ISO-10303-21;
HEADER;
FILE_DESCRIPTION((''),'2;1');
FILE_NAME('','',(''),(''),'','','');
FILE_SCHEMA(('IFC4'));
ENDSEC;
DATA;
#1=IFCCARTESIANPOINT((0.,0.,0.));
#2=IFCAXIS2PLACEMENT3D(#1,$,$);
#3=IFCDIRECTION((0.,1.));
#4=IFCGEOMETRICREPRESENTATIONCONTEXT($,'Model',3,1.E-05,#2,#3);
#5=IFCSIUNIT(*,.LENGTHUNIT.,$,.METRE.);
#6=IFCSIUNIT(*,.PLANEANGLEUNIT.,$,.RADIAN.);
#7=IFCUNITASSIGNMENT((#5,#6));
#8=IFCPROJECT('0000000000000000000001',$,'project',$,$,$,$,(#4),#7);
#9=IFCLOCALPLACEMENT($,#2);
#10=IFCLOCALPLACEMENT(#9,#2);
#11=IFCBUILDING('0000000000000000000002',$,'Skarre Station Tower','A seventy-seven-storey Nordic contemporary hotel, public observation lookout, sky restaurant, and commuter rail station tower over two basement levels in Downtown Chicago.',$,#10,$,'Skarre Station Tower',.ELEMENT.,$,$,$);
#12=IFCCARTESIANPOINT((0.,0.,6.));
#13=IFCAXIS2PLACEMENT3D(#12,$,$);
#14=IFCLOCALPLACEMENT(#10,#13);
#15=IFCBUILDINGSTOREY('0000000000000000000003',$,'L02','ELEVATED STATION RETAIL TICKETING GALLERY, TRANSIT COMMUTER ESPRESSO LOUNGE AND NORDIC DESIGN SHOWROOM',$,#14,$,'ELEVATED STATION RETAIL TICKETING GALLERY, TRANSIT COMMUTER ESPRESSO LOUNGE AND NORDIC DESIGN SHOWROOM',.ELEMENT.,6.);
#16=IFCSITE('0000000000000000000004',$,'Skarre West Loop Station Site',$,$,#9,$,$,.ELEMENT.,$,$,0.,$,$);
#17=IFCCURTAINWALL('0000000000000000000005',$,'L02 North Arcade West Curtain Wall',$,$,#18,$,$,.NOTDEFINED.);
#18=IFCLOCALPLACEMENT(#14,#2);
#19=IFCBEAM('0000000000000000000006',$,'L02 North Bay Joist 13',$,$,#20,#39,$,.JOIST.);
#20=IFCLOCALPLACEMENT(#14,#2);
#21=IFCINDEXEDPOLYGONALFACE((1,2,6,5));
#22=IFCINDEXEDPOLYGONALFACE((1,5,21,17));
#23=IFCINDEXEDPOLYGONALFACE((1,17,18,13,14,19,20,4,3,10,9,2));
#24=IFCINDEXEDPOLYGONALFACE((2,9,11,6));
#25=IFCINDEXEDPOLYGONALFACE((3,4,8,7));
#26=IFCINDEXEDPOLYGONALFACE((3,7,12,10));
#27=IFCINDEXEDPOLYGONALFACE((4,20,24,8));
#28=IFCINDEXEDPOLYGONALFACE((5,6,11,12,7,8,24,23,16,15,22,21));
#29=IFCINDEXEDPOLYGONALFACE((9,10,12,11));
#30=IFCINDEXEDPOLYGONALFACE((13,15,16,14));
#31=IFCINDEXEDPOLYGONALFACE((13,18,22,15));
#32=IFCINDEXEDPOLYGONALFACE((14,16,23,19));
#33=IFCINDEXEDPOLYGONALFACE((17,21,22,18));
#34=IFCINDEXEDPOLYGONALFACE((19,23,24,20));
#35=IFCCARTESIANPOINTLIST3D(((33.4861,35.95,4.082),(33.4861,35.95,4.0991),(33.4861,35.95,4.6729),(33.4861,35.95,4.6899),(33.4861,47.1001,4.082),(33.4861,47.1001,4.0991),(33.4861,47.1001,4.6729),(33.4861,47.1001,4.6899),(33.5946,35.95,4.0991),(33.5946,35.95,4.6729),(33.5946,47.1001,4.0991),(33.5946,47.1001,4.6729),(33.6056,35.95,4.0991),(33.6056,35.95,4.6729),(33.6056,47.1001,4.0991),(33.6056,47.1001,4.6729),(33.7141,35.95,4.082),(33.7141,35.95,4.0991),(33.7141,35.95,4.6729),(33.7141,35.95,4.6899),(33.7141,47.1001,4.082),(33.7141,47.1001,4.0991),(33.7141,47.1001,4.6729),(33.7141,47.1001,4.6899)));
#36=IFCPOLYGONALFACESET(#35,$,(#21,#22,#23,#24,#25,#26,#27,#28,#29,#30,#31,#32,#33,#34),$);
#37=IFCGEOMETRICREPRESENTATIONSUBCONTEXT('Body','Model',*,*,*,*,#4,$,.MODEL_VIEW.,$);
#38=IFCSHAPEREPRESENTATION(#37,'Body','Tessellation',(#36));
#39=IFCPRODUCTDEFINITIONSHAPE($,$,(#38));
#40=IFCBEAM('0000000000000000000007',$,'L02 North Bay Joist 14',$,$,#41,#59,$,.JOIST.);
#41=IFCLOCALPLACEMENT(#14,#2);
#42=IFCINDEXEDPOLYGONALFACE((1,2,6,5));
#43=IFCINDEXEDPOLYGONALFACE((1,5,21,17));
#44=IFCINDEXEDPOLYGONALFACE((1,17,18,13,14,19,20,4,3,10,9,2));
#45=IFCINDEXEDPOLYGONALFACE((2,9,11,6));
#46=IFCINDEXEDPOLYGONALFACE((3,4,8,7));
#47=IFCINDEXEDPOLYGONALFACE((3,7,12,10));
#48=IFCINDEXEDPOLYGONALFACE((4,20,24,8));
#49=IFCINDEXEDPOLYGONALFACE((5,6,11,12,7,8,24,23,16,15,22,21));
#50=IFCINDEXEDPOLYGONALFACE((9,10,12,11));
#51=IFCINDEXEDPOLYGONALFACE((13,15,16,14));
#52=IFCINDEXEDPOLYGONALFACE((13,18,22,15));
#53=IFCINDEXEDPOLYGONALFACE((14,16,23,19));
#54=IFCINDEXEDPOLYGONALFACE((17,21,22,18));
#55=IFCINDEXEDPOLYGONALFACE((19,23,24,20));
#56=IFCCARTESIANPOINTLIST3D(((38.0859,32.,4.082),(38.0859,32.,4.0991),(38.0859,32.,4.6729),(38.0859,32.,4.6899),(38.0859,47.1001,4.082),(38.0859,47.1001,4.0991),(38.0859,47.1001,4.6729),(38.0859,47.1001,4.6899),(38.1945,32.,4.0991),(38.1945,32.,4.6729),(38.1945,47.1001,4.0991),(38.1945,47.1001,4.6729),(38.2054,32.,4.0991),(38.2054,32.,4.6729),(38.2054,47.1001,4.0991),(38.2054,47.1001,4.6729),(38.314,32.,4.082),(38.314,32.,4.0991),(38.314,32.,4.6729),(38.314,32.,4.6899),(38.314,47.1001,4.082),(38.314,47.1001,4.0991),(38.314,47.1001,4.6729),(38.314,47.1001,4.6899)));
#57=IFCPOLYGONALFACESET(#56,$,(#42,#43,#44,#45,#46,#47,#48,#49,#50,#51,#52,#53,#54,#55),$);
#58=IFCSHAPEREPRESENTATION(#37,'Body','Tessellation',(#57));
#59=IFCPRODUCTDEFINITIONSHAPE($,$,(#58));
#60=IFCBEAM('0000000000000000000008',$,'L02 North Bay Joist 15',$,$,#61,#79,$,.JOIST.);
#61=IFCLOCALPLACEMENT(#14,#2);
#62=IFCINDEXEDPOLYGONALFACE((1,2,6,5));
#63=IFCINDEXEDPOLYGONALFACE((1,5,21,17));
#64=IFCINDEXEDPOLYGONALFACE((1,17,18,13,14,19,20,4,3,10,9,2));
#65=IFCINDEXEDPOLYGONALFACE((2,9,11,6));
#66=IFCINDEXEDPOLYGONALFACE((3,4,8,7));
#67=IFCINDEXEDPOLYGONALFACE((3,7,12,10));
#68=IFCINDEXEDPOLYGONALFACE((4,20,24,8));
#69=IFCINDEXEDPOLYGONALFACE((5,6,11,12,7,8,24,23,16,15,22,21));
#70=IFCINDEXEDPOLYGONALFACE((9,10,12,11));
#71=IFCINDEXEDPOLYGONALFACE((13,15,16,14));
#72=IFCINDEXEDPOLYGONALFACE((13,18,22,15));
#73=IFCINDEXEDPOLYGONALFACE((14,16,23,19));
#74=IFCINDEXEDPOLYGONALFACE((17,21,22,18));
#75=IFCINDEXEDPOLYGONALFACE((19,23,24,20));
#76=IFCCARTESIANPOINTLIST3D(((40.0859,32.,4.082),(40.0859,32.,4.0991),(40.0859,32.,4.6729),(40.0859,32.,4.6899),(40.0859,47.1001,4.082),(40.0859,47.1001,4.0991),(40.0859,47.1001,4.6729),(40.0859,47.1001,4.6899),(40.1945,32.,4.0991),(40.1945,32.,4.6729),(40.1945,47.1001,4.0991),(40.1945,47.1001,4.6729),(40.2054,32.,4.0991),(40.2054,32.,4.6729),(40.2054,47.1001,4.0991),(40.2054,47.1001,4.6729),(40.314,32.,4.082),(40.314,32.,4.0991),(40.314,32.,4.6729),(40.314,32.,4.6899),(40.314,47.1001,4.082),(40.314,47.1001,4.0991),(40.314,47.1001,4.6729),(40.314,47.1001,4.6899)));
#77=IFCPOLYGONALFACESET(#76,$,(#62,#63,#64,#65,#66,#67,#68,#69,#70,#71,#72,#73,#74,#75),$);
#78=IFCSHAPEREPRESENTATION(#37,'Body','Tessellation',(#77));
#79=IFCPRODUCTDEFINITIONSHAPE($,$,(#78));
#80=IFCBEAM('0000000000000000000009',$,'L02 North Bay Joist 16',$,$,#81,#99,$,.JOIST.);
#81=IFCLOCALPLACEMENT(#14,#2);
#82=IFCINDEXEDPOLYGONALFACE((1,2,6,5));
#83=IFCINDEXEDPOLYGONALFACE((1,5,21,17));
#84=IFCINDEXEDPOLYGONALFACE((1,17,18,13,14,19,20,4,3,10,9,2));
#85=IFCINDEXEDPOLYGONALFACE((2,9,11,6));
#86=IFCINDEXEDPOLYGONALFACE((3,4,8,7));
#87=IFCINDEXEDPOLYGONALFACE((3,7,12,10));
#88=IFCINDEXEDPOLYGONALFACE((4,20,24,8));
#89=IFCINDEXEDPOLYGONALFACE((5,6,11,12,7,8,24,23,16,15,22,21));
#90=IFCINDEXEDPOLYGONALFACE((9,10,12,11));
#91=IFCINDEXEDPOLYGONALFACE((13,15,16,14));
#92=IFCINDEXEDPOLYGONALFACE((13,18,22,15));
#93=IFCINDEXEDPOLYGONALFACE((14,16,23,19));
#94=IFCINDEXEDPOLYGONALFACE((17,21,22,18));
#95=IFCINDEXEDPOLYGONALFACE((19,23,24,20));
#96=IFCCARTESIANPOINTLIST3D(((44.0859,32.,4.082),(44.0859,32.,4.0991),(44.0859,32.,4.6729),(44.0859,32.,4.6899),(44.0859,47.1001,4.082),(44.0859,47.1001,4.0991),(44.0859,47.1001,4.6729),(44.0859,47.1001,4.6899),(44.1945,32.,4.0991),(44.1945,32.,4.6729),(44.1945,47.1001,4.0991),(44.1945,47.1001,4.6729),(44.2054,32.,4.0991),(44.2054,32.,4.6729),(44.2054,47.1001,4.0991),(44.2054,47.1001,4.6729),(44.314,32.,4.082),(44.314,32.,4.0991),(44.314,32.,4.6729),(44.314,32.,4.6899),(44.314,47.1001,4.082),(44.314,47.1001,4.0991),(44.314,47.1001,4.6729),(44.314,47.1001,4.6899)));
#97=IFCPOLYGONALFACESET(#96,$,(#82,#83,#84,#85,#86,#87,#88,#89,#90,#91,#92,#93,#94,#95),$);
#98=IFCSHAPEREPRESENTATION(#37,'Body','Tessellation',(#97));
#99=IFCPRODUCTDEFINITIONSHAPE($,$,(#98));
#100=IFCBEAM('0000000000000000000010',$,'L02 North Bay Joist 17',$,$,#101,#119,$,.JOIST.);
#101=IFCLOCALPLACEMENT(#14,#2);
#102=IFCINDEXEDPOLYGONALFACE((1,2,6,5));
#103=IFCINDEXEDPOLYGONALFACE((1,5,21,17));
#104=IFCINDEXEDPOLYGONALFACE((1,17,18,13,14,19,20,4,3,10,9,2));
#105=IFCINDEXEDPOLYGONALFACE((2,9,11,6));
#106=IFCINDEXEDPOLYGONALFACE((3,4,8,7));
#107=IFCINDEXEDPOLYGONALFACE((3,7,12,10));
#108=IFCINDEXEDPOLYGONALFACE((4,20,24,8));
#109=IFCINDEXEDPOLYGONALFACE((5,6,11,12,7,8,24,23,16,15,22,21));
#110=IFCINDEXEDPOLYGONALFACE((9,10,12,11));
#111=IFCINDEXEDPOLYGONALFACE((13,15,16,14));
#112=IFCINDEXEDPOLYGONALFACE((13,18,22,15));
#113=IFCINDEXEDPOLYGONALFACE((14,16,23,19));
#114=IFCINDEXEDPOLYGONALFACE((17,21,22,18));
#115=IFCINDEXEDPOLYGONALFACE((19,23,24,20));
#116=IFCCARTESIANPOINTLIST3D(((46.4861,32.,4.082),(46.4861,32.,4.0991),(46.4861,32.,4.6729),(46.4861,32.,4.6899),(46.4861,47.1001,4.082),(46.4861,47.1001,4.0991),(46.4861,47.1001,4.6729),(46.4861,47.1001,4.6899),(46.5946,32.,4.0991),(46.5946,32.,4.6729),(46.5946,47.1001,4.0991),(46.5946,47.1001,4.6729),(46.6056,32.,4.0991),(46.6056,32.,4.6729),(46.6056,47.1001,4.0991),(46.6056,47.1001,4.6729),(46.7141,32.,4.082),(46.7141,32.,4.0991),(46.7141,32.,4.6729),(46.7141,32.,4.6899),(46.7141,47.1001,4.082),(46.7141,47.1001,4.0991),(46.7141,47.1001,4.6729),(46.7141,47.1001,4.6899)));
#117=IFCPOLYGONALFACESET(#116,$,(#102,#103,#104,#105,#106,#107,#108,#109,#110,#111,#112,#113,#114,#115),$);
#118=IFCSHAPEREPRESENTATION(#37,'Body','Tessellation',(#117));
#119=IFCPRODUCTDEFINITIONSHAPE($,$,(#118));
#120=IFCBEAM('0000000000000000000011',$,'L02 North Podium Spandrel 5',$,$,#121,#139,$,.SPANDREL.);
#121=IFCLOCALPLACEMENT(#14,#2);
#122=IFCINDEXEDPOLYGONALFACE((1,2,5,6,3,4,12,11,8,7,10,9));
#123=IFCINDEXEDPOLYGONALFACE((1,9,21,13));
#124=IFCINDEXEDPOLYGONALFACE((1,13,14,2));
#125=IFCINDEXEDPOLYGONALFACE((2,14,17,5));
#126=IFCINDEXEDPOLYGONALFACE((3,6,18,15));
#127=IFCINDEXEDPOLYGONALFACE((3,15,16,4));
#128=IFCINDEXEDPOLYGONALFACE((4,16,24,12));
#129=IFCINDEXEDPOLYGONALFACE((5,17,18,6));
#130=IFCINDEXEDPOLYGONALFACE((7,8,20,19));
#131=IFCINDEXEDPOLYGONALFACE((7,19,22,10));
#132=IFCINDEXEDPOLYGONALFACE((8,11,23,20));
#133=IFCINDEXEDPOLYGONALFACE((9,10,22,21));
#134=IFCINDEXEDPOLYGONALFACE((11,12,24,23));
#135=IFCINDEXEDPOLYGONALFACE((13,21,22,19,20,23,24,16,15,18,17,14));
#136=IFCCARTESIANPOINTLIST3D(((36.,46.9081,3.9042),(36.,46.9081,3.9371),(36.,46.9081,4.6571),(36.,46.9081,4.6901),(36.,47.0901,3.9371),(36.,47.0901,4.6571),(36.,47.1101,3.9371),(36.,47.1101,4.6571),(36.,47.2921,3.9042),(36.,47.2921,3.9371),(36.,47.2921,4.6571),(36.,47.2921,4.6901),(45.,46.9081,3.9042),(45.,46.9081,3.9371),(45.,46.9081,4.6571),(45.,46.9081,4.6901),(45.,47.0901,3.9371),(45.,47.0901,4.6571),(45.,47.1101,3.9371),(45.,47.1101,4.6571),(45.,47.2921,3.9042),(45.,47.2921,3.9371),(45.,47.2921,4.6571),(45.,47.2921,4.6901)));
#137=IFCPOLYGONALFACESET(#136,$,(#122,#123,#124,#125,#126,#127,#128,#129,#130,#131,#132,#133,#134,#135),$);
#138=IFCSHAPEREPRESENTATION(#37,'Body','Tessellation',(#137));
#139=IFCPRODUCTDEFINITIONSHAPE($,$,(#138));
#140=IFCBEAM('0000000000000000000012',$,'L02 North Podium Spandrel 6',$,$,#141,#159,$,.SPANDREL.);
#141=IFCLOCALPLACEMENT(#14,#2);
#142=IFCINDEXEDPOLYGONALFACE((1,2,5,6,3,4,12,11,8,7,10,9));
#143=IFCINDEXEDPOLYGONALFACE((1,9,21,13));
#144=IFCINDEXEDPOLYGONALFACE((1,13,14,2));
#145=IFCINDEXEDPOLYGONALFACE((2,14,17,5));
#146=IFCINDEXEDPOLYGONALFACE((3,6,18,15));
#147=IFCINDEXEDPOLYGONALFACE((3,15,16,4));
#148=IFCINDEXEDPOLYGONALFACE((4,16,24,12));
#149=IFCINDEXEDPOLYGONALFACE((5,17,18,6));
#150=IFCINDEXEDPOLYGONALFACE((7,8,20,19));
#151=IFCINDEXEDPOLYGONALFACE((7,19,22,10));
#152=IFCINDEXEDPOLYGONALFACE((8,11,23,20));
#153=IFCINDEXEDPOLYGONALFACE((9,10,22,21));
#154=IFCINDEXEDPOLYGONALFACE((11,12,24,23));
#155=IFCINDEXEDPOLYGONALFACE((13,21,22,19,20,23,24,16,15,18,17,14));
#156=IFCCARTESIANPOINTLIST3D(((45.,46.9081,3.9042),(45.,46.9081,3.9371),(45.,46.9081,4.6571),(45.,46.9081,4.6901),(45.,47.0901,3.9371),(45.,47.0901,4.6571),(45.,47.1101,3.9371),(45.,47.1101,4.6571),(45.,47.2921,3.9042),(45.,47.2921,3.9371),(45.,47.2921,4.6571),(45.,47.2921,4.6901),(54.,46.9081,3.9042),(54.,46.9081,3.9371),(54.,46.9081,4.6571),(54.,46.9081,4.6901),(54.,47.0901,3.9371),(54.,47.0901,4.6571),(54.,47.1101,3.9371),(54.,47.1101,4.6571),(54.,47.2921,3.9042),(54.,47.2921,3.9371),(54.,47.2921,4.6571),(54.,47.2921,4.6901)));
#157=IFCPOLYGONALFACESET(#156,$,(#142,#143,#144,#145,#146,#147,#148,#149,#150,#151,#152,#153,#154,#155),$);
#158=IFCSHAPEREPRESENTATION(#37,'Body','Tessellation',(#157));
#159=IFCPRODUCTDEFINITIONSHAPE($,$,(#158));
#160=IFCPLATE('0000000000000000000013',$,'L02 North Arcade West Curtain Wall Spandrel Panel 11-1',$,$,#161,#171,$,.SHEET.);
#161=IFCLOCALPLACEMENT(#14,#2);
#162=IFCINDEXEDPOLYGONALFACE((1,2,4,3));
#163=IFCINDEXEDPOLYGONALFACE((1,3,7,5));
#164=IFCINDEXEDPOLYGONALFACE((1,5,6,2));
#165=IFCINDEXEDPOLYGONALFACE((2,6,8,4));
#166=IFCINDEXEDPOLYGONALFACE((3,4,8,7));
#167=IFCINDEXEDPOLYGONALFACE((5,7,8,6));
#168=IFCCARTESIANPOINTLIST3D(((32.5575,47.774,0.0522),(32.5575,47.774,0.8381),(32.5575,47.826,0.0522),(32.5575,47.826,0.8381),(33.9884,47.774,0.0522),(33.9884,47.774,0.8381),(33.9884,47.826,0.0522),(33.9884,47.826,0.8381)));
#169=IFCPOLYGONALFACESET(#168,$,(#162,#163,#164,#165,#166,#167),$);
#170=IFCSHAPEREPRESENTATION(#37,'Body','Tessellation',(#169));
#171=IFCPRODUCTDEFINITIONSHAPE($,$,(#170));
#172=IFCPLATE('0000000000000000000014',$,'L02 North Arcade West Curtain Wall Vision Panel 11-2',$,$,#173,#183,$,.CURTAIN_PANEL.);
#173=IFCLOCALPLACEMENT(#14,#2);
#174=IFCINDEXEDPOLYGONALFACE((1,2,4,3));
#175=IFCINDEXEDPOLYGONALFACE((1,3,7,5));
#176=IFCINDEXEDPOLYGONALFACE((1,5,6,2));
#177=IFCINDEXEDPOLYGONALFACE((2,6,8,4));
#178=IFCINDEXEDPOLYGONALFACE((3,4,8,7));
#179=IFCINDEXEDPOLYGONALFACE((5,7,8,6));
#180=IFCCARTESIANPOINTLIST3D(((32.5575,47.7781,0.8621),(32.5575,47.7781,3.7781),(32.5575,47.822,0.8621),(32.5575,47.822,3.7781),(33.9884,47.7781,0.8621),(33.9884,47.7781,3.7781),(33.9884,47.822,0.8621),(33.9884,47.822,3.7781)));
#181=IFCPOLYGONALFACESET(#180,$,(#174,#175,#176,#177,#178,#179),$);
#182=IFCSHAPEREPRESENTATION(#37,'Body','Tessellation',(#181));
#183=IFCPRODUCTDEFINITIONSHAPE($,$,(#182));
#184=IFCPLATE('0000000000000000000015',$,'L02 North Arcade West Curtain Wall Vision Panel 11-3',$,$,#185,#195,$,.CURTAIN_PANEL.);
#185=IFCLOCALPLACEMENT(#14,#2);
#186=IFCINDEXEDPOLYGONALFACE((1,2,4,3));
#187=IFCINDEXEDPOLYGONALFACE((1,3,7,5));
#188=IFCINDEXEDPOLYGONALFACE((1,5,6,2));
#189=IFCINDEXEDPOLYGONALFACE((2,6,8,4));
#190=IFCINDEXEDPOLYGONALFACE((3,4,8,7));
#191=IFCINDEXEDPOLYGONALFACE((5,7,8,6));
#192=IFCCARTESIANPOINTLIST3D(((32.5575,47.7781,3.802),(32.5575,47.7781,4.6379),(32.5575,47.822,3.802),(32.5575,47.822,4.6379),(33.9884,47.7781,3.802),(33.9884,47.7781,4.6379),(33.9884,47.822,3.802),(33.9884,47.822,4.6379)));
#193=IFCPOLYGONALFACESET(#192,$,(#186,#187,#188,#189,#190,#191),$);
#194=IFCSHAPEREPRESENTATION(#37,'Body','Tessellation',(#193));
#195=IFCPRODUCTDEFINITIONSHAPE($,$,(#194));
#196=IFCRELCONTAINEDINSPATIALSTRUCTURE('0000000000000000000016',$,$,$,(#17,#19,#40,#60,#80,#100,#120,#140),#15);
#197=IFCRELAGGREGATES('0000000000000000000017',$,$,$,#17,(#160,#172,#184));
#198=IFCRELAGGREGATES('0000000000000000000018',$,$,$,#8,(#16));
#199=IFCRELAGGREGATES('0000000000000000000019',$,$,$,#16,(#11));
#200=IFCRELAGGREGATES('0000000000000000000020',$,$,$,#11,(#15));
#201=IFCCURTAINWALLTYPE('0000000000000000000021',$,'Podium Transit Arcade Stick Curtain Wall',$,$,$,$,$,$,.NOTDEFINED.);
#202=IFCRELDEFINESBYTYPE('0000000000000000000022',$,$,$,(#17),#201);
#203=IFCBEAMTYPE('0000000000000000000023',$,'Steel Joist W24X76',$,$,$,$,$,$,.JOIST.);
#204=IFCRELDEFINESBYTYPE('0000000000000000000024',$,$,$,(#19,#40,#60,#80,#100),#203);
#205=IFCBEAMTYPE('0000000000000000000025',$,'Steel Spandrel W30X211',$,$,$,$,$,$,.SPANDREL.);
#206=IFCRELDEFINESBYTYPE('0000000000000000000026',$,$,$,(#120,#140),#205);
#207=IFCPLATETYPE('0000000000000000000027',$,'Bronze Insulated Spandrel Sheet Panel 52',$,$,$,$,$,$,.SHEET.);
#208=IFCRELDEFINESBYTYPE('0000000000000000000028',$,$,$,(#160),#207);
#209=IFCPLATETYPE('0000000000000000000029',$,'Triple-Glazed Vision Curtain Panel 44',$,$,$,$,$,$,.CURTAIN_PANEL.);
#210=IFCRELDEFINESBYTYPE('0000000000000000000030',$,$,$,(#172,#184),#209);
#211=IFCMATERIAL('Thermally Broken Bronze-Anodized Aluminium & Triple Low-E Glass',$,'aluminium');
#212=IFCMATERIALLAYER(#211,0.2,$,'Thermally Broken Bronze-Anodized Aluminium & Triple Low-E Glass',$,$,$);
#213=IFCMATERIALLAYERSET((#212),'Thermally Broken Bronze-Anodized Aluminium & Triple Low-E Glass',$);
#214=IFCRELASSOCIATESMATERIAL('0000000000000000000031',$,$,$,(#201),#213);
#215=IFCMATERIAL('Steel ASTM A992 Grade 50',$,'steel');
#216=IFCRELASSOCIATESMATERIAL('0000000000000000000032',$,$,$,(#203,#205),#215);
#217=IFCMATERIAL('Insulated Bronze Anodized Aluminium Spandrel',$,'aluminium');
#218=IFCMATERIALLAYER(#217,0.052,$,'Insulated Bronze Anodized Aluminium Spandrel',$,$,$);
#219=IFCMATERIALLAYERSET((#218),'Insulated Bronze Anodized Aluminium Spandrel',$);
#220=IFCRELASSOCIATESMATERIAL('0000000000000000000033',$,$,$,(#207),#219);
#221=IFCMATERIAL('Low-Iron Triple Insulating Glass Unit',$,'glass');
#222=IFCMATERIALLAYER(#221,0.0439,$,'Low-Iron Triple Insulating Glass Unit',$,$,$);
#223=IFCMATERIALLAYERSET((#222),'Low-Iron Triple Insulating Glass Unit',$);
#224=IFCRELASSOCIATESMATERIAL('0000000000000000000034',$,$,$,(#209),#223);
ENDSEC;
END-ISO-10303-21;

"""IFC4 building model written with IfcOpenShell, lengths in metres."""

from ifc_helpers import new_model, si_unit, direction, frame, origin, origin_2d, place, context, subcontext, project, spatial, rectangle, i_section, extrude, material, layer, layer_set, material_profile, profile_set, type_object, element, aggregate, save


model = new_model("IFC4")

# Units and contexts
model_context = context("Model", 3, precision=1e-05, world=origin(), true_north=direction((0.0, 1.0)))
body_context = subcontext(model_context, "Body", "Model", "MODEL_VIEW")
ifc_project = project(units=[si_unit("LENGTHUNIT", "METRE"), si_unit("PLANEANGLEUNIT", "RADIAN")], contexts=[model_context])

# Site, building, storey
site_placement = place(None, origin())
site = spatial("IfcSite", under=ifc_project, at=site_placement, Name="Skarre West Loop Station Site", CompositionType="ELEMENT", RefElevation=0.0)
building_placement = place(site_placement, origin())
building = spatial("IfcBuilding", under=site, at=building_placement, Name="Skarre Station Tower", Description="A seventy-seven-storey Nordic contemporary hotel, public observation lookout, sky restaurant, and commuter rail station tower over two basement levels in Downtown Chicago.", LongName="Skarre Station Tower", CompositionType="ELEMENT")
storey_placement = place(building_placement, frame((0.0, 0.0, 6.0)))
storey = spatial("IfcBuildingStorey", under=building, at=storey_placement, Name="L02", Description="ELEVATED STATION RETAIL TICKETING GALLERY, TRANSIT COMMUTER ESPRESSO LOUNGE AND NORDIC DESIGN SHOWROOM", LongName="ELEVATED STATION RETAIL TICKETING GALLERY, TRANSIT COMMUTER ESPRESSO LOUNGE AND NORDIC DESIGN SHOWROOM", CompositionType="ELEMENT", Elevation=6.0)

# Shared definitions
ifc_material_1 = material(Name="Thermally Broken Bronze-Anodized Aluminium & Triple Low-E Glass", Category="aluminium")
ifc_layer_1 = layer(ifc_material_1, 0.2, Name="Thermally Broken Bronze-Anodized Aluminium & Triple Low-E Glass")
ifc_layer_set_1 = layer_set([ifc_layer_1], Name="Thermally Broken Bronze-Anodized Aluminium & Triple Low-E Glass")
curtain_wall_type = type_object("IfcCurtainWallType", Name="Podium Transit Arcade Stick Curtain Wall", PredefinedType="NOTDEFINED", material=ifc_layer_set_1)

# Curtain wall
curtain_wall_1_placement = place(storey_placement, origin())
curtain_wall_1 = element("IfcCurtainWall", 1, at=curtain_wall_1_placement, inside=storey, type_object=curtain_wall_type, Name="L02 North Arcade West Curtain Wall", PredefinedType="NOTDEFINED")

# Beams
ifc_material_2 = material(Name="Steel ASTM A992 Grade 50", Category="steel")
ifc_material_profile_1 = material_profile(ifc_material_2, i_section(OverallWidth=0.228, OverallDepth=0.6079, WebThickness=0.011, FlangeThickness=0.0171, at=origin_2d()), Name="Steel ASTM A992 Grade 50")
ifc_profile_set_1 = profile_set([ifc_material_profile_1], Name="Steel ASTM A992 Grade 50")
beam_type_1 = type_object("IfcBeamType", Name="Steel Joist W24X76", PredefinedType="JOIST", material=ifc_profile_set_1)
beam_1_placement = place(storey_placement, frame((33.6001, 35.95, 4.386), z_axis=(0.0, 1.0, 0.0), x_axis=(-1.0, 0.0, 0.0)))
element("IfcBeam", 2, at=beam_1_placement, inside=storey, type_object=beam_type_1, Name="L02 North Bay Joist 13", PredefinedType="JOIST", context=body_context, shape_type="SweptSolid", body=[
    extrude(i_section(OverallWidth=0.228, OverallDepth=0.6079, WebThickness=0.011, FlangeThickness=0.0171, at=origin_2d()), origin(), (0.0, 0.0, 1.0), 11.1501),
])
for number, where, z_axis, x_axis, name in (
    (3, (38.2, 32.0, 4.386), (0.0, 1.0, 0.0), (-1.0, 0.0, 0.0), "L02 North Bay Joist 14"),
    (4, (40.2, 32.0, 4.386), (0.0, 1.0, 0.0), (-1.0, 0.0, 0.0), "L02 North Bay Joist 15"),
    (5, (44.2, 32.0, 4.386), (0.0, 1.0, 0.0), (-1.0, 0.0, 0.0), "L02 North Bay Joist 16"),
    (6, (46.6001, 32.0, 4.386), (0.0, 1.0, 0.0), (-1.0, 0.0, 0.0), "L02 North Bay Joist 17"),
):
    element("IfcBeam", number, at=place(storey_placement, frame(where, z_axis=z_axis, x_axis=x_axis)), inside=storey, type_object=beam_type_1, Name=name, PredefinedType="JOIST", context=body_context, shape_type="SweptSolid", body=[
        extrude(i_section(OverallWidth=0.228, OverallDepth=0.6079, WebThickness=0.011, FlangeThickness=0.0171, at=origin_2d()), origin(), (0.0, 0.0, 1.0), 15.1001),
    ])
ifc_material_profile_2 = material_profile(ifc_material_2, i_section(OverallWidth=0.384, OverallDepth=0.7859, WebThickness=0.02, FlangeThickness=0.033, at=origin_2d()), Name="Steel ASTM A992 Grade 50")
ifc_profile_set_2 = profile_set([ifc_material_profile_2], Name="Steel ASTM A992 Grade 50")
beam_type_2 = type_object("IfcBeamType", Name="Steel Spandrel W30X211", PredefinedType="SPANDREL", material=ifc_profile_set_2)
for number, where, z_axis, x_axis, name in (
    (7, (36.0, 47.1001, 4.2971), (1.0, 0.0, 0.0), (0.0, 1.0, 0.0), "L02 North Podium Spandrel 5"),
    (8, (45.0, 47.1001, 4.2971), (1.0, 0.0, 0.0), (0.0, 1.0, 0.0), "L02 North Podium Spandrel 6"),
):
    element("IfcBeam", number, at=place(storey_placement, frame(where, z_axis=z_axis, x_axis=x_axis)), inside=storey, type_object=beam_type_2, Name=name, PredefinedType="SPANDREL", context=body_context, shape_type="SweptSolid", body=[
        extrude(i_section(OverallWidth=0.384, OverallDepth=0.7859, WebThickness=0.02, FlangeThickness=0.033, at=origin_2d()), origin(), (0.0, 0.0, 1.0), 9.0),
    ])

# Plates
ifc_material_3 = material(Name="Insulated Bronze Anodized Aluminium Spandrel", Category="aluminium")
ifc_layer_2 = layer(ifc_material_3, 0.052, Name="Insulated Bronze Anodized Aluminium Spandrel")
ifc_layer_set_2 = layer_set([ifc_layer_2], Name="Insulated Bronze Anodized Aluminium Spandrel")
plate_type_1 = type_object("IfcPlateType", Name="Bronze Insulated Spandrel Sheet Panel 52", PredefinedType="SHEET", material=ifc_layer_set_2)
plate_1_placement = place(storey_placement, frame((33.2729, 47.8, 0.0522), z_axis=(0.0, 0.0, 1.0), x_axis=(1.0, 0.0, 0.0)))
plate_1 = element("IfcPlate", 9, at=plate_1_placement, type_object=plate_type_1, Name="L02 North Arcade West Curtain Wall Spandrel Panel 11-1", PredefinedType="SHEET", context=body_context, shape_type="SweptSolid", body=[
    extrude(rectangle(XDim=1.4309, YDim=0.052, at=origin_2d()), origin(), (0.0, 0.0, 1.0), 0.7859),
])
ifc_material_4 = material(Name="Low-Iron Triple Insulating Glass Unit", Category="glass")
ifc_layer_3 = layer(ifc_material_4, 0.0439, Name="Low-Iron Triple Insulating Glass Unit")
ifc_layer_set_3 = layer_set([ifc_layer_3], Name="Low-Iron Triple Insulating Glass Unit")
plate_type_2 = type_object("IfcPlateType", Name="Triple-Glazed Vision Curtain Panel 44", PredefinedType="CURTAIN_PANEL", material=ifc_layer_set_3)
plate_2_placement = place(storey_placement, frame((33.2729, 47.8, 0.8621), z_axis=(0.0, 0.0, 1.0), x_axis=(1.0, 0.0, 0.0)))
plate_2 = element("IfcPlate", 10, at=plate_2_placement, type_object=plate_type_2, Name="L02 North Arcade West Curtain Wall Vision Panel 11-2", PredefinedType="CURTAIN_PANEL", context=body_context, shape_type="SweptSolid", body=[
    extrude(rectangle(XDim=1.4309, YDim=0.0439, at=origin_2d()), origin(), (0.0, 0.0, 1.0), 2.916),
])
plate_3_placement = place(storey_placement, frame((33.2729, 47.8, 3.802), z_axis=(0.0, 0.0, 1.0), x_axis=(1.0, 0.0, 0.0)))
plate_3 = element("IfcPlate", 11, at=plate_3_placement, type_object=plate_type_2, Name="L02 North Arcade West Curtain Wall Vision Panel 11-3", PredefinedType="CURTAIN_PANEL", context=body_context, shape_type="SweptSolid", body=[
    extrude(rectangle(XDim=1.4309, YDim=0.0439, at=origin_2d()), origin(), (0.0, 0.0, 1.0), 0.8359),
])
aggregate(curtain_wall_1, [plate_1, plate_2, plate_3])

save(model, "model.ifc")
